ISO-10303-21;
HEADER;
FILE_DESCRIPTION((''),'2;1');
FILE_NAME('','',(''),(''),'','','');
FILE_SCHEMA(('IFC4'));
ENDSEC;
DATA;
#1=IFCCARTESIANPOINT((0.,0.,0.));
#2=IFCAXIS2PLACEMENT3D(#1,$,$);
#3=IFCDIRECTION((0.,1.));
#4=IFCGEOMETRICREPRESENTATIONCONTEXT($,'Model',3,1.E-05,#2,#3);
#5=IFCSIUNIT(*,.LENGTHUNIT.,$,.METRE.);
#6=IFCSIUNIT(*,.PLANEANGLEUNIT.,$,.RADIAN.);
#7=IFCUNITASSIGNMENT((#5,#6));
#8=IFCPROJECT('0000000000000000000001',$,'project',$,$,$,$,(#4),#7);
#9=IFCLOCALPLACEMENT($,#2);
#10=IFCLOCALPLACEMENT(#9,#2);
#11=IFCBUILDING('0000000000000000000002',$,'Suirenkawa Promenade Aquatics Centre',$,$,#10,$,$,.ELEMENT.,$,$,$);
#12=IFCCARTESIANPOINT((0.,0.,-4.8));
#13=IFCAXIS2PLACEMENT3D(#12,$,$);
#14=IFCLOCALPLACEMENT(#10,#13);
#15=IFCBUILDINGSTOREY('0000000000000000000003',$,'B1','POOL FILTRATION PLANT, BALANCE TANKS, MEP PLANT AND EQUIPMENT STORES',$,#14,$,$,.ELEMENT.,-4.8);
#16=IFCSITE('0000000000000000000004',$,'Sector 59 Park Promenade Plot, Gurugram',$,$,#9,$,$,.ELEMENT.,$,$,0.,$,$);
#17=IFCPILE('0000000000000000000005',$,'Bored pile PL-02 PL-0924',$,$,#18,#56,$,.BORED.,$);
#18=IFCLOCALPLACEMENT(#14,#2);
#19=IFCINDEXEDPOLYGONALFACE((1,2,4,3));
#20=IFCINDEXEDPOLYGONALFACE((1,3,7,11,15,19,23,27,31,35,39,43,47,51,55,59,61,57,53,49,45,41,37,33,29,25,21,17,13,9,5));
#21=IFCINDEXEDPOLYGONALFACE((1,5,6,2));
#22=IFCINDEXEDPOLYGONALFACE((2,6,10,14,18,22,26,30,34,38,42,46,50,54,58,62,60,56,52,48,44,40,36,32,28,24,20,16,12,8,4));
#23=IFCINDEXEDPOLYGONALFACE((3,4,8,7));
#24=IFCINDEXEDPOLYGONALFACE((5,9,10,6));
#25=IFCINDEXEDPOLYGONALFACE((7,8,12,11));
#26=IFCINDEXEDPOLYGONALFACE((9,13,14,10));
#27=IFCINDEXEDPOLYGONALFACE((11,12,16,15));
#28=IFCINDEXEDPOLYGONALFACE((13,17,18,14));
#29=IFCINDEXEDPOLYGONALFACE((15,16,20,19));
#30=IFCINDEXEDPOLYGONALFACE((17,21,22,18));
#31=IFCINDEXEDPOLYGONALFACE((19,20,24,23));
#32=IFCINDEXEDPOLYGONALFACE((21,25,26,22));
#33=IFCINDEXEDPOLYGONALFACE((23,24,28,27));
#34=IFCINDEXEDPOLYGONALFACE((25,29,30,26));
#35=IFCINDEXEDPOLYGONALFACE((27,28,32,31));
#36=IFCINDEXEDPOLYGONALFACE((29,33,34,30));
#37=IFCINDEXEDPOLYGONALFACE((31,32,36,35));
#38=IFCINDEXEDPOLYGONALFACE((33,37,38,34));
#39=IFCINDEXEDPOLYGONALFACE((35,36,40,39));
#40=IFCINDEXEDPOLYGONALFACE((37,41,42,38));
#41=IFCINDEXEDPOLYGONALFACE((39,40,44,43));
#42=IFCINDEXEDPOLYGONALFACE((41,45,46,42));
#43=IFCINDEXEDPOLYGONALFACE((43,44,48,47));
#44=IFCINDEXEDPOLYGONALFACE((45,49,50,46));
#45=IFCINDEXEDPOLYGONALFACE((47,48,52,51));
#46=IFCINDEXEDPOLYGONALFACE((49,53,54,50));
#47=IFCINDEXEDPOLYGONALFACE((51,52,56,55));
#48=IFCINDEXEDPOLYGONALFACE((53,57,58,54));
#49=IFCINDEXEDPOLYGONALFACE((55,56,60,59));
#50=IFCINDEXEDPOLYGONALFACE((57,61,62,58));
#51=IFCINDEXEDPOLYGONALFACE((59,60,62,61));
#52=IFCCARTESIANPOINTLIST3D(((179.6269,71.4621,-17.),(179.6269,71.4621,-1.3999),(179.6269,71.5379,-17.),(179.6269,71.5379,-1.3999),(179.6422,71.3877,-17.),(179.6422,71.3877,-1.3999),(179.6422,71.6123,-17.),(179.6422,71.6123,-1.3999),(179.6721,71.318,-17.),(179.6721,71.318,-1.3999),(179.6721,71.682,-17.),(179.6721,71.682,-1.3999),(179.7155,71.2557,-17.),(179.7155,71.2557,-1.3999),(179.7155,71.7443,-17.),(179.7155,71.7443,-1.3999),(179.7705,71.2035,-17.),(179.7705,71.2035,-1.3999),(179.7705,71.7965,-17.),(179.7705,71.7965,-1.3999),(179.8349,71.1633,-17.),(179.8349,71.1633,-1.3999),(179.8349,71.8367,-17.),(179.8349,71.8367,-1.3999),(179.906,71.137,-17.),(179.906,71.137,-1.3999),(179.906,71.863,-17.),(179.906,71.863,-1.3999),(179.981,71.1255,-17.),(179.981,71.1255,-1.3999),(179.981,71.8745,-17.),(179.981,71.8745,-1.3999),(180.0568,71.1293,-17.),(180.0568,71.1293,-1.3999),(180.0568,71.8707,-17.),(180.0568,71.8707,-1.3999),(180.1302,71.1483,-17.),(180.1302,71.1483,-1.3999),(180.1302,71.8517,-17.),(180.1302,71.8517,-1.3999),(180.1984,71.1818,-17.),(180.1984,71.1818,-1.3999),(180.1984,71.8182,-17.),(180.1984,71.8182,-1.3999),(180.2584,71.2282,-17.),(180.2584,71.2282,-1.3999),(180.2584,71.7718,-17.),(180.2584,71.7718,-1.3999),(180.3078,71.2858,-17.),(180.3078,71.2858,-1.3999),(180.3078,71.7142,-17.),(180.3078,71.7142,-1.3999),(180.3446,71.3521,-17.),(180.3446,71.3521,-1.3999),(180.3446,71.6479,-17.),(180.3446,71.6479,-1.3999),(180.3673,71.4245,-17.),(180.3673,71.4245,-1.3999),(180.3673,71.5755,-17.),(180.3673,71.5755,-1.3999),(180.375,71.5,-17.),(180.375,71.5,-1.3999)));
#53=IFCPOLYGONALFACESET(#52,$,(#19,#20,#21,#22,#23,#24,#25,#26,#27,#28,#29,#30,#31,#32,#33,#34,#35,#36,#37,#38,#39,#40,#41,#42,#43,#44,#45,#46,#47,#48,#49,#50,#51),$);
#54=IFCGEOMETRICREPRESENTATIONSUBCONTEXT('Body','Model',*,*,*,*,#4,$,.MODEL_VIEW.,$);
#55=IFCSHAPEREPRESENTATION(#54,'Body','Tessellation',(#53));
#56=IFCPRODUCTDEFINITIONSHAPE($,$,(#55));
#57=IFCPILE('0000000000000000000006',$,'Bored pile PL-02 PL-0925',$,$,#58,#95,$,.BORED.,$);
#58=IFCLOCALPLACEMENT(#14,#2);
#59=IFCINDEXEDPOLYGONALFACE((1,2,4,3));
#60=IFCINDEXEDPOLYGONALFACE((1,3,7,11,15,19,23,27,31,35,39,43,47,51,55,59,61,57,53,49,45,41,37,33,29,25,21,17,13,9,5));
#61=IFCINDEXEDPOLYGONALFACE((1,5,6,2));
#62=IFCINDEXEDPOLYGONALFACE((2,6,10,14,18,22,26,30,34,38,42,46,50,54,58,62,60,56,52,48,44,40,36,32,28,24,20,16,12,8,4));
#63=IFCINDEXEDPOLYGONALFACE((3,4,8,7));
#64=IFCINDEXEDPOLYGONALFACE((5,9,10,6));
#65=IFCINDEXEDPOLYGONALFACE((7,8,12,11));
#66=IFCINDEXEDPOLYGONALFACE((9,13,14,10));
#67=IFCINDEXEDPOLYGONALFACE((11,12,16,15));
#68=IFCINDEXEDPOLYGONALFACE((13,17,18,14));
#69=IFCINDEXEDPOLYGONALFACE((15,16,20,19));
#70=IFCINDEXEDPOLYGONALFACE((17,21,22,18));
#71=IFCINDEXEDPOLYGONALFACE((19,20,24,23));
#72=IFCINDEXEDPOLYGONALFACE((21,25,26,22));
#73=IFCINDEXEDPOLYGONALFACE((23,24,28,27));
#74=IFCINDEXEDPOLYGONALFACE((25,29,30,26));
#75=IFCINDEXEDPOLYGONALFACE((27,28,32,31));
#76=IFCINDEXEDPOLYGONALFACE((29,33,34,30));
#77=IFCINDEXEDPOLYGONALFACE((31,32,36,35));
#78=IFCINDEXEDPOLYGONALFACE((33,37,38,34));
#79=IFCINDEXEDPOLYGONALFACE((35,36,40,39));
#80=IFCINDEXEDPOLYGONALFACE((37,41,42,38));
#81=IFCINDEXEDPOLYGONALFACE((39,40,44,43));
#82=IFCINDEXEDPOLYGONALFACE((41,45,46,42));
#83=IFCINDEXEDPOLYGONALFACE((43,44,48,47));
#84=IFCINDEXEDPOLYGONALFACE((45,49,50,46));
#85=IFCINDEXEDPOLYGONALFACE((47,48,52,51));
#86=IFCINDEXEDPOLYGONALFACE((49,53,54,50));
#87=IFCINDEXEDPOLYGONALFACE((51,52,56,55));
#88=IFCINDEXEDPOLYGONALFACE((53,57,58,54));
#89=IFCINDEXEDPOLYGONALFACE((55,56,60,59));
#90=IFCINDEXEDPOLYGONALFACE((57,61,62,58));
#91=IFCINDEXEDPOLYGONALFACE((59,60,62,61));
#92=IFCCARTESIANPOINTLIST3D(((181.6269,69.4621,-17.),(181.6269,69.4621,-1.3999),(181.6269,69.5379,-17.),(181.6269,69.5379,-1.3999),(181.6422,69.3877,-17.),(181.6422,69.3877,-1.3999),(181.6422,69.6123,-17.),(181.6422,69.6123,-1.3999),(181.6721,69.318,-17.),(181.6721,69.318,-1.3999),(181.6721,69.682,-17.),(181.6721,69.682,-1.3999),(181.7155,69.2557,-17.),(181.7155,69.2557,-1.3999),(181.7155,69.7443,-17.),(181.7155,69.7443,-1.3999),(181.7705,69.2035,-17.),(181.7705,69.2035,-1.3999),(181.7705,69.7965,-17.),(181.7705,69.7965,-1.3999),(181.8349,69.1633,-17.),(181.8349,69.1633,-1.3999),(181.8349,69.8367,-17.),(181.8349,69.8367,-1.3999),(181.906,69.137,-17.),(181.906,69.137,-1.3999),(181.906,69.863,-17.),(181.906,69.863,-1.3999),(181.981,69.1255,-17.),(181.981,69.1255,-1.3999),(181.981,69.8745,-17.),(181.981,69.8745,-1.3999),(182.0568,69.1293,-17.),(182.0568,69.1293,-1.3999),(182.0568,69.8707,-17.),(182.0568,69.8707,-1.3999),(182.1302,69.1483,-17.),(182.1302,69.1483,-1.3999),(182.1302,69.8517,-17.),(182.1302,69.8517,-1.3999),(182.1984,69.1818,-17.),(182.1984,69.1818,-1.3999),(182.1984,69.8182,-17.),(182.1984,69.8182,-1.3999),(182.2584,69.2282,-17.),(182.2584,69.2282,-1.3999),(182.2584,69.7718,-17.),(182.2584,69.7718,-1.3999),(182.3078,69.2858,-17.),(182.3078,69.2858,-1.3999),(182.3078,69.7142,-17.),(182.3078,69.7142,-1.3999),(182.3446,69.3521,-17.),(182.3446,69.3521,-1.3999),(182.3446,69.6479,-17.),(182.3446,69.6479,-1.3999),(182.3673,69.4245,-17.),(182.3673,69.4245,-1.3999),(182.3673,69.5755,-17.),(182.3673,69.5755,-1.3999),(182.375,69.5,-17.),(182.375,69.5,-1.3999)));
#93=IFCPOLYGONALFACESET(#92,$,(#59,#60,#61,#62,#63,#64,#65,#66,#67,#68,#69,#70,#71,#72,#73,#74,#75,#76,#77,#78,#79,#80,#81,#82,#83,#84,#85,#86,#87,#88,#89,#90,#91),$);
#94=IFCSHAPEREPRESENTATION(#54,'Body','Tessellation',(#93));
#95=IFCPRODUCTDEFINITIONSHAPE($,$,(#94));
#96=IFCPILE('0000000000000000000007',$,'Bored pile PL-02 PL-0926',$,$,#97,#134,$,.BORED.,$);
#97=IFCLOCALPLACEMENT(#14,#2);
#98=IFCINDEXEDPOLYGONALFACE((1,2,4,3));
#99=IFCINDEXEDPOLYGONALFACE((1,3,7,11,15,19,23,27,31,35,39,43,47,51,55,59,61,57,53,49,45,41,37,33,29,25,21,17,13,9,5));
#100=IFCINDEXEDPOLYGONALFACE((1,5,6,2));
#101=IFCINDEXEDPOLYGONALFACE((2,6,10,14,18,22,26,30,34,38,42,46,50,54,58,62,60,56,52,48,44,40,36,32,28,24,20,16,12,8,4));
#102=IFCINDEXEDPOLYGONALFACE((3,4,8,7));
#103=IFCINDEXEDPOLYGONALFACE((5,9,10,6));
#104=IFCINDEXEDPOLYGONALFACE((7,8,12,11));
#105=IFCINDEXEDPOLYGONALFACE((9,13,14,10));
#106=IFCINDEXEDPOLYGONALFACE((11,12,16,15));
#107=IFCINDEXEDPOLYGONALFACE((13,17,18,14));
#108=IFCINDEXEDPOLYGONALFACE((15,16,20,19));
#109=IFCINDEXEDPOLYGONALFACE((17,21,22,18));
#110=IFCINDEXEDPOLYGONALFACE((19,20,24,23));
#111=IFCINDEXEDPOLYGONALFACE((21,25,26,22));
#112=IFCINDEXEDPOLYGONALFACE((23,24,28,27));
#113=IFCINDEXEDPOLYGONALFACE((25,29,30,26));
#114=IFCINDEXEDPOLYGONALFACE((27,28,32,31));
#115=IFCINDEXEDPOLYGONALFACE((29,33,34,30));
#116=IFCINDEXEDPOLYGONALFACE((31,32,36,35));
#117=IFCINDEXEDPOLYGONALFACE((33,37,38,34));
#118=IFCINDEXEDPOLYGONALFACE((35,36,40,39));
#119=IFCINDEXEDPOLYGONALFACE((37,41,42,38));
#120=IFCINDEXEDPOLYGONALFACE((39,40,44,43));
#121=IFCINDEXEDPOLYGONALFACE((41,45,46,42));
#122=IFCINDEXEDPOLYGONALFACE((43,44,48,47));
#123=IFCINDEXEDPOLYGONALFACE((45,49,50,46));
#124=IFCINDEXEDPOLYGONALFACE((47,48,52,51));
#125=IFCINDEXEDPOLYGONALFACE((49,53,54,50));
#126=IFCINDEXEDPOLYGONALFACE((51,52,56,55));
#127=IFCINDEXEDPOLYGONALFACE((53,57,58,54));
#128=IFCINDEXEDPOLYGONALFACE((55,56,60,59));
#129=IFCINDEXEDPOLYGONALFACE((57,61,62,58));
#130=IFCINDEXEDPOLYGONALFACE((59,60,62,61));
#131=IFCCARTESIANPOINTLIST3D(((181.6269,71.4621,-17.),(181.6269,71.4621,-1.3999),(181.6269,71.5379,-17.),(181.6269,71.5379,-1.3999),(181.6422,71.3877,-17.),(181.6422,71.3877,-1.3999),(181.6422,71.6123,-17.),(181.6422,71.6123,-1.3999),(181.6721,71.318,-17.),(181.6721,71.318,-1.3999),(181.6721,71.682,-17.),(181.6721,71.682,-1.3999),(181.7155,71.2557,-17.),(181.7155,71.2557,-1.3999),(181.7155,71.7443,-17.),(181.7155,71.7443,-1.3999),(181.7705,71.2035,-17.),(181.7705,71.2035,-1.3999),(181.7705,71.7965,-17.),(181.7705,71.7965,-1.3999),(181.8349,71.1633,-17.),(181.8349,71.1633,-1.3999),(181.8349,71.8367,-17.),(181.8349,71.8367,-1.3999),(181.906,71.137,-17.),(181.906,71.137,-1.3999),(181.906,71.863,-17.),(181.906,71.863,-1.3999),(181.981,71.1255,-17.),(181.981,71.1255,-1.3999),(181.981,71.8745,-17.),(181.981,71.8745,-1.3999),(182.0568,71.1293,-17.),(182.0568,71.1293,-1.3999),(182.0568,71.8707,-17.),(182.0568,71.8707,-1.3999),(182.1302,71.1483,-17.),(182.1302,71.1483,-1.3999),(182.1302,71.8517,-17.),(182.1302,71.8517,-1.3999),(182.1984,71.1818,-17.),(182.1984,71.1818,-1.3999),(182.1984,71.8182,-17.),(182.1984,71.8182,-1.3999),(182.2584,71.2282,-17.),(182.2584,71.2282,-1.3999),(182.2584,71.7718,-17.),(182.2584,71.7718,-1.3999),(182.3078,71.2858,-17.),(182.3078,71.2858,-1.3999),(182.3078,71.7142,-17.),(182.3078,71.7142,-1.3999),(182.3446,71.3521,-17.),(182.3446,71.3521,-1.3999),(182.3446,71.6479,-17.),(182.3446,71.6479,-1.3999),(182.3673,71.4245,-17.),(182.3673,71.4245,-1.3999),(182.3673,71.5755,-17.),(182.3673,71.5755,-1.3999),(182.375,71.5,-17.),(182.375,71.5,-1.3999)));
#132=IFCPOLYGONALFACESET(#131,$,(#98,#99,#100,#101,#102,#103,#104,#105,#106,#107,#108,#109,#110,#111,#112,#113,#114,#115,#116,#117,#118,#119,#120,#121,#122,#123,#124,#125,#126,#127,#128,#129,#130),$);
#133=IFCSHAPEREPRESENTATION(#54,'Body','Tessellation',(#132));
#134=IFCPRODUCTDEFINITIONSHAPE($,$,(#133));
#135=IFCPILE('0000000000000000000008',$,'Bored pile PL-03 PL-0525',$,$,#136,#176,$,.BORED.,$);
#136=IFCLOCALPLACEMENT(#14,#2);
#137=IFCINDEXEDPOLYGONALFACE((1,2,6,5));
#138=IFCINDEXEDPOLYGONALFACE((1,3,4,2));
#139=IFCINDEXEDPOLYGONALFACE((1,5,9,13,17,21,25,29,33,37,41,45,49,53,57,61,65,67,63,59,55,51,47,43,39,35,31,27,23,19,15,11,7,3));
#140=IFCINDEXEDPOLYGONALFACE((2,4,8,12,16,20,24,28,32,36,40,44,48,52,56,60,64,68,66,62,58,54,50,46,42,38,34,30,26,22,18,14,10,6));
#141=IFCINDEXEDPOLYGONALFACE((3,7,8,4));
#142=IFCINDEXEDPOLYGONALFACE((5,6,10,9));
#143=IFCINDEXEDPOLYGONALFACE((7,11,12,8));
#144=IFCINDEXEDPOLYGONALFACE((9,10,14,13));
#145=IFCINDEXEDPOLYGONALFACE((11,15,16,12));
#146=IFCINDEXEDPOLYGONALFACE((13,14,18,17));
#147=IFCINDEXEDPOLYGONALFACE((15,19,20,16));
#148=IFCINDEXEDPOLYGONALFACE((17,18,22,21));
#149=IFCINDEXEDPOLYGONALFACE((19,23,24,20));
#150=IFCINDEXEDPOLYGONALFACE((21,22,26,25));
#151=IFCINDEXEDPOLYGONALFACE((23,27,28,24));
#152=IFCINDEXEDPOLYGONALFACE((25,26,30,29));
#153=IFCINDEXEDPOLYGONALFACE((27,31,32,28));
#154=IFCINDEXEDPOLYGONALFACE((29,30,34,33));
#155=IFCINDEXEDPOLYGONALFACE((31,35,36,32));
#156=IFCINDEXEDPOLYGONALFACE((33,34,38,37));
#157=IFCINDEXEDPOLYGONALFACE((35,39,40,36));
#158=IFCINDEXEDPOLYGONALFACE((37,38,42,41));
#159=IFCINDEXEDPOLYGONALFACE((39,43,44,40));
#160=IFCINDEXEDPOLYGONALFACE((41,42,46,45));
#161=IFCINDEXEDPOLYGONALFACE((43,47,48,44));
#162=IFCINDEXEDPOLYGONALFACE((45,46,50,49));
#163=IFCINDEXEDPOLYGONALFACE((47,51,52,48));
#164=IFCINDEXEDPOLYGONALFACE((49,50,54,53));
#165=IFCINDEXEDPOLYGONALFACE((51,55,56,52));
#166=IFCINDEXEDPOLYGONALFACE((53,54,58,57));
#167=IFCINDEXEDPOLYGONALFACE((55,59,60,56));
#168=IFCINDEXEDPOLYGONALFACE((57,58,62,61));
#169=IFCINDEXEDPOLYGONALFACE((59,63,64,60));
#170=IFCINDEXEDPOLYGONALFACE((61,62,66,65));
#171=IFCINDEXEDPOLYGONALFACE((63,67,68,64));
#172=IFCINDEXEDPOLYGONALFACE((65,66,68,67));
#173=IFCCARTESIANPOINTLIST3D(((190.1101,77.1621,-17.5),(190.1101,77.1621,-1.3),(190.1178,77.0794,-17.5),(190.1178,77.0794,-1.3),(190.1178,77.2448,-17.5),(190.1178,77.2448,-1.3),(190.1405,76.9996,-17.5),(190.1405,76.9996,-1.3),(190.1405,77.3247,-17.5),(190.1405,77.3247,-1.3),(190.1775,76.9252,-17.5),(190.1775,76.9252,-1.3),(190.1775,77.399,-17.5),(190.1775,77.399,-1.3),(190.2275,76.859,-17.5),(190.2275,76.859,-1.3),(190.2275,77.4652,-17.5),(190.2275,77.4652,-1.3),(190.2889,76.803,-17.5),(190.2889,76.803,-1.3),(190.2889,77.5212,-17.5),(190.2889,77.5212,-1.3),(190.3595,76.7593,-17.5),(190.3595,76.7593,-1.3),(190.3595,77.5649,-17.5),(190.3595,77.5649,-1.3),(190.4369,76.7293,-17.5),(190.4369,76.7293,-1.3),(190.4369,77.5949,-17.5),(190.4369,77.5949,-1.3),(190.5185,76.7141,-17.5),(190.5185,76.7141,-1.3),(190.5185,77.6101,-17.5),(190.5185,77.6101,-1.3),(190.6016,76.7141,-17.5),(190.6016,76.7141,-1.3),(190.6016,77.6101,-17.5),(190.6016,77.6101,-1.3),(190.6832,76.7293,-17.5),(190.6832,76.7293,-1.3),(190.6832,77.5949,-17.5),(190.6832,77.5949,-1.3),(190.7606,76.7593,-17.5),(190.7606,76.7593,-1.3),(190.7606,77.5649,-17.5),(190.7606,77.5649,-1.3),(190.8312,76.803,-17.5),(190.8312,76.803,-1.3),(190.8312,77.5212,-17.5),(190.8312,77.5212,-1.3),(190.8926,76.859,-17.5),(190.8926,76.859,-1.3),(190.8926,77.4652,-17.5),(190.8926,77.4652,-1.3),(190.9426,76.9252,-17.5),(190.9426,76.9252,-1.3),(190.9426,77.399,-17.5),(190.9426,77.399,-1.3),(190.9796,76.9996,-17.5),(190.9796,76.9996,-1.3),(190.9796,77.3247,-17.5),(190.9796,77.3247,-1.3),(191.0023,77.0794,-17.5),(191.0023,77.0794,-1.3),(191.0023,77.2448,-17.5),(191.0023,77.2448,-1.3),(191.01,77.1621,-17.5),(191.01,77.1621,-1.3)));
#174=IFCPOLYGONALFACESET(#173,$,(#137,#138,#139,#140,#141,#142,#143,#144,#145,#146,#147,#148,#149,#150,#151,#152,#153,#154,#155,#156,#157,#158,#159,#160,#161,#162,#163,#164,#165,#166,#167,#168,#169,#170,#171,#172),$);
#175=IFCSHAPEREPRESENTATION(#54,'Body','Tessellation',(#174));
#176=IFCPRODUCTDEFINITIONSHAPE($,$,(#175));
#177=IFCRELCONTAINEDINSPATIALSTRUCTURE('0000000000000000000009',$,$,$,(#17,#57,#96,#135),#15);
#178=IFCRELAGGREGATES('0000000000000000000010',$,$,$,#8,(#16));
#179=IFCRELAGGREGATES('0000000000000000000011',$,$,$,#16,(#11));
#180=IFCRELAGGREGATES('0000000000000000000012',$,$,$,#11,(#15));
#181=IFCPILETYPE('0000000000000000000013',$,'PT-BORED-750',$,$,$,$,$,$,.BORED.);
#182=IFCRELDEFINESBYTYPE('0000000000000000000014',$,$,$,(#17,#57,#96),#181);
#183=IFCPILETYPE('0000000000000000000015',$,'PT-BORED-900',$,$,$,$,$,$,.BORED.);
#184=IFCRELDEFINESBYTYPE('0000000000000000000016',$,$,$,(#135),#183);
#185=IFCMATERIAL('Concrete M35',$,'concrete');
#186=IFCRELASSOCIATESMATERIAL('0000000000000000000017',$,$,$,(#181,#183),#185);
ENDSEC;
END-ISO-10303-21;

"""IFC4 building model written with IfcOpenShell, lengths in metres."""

from ifc_helpers import new_model, si_unit, direction, frame, origin, origin_2d, place, context, subcontext, project, spatial, circle, extrude, material, material_profile, profile_set, type_object, element, save


model = new_model("IFC4")

# Units and contexts
model_context = context("Model", 3, precision=1e-05, world=origin(), true_north=direction((0.0, 1.0)))
body_context = subcontext(model_context, "Body", "Model", "MODEL_VIEW")
ifc_project = project(units=[si_unit("LENGTHUNIT", "METRE"), si_unit("PLANEANGLEUNIT", "RADIAN")], contexts=[model_context])

# Site, building, storey
site_placement = place(None, origin())
site = spatial("IfcSite", under=ifc_project, at=site_placement, Name="Sector 59 Park Promenade Plot, Gurugram", CompositionType="ELEMENT", RefElevation=0.0)
building_placement = place(site_placement, origin())
building = spatial("IfcBuilding", under=site, at=building_placement, Name="Suirenkawa Promenade Aquatics Centre", CompositionType="ELEMENT")
storey_placement = place(building_placement, frame((0.0, 0.0, -4.8)))
storey = spatial("IfcBuildingStorey", under=building, at=storey_placement, Name="B1", Description="POOL FILTRATION PLANT, BALANCE TANKS, MEP PLANT AND EQUIPMENT STORES", CompositionType="ELEMENT", Elevation=-4.8)

# Shared definitions
ifc_material_1 = material(Name="Concrete M35", Category="concrete")

# Piles
ifc_material_profile_1 = material_profile(ifc_material_1, circle(Radius=0.375, at=origin_2d()), Name="PILE D750", Category="concrete")
ifc_profile_set_1 = profile_set([ifc_material_profile_1], Name="Concrete M35")
pile_type_1 = type_object("IfcPileType", Name="PT-BORED-750", PredefinedType="BORED", material=ifc_profile_set_1)
for number, where, z_axis, x_axis, name in (
    (1, (180.0, 71.5, -1.3999), (0.0, 0.0, -1.0), (1.0, 0.0, 0.0), "Bored pile PL-02 PL-0924"),
    (2, (182.0, 69.5, -1.3999), (0.0, 0.0, -1.0), (1.0, 0.0, 0.0), "Bored pile PL-02 PL-0925"),
    (3, (182.0, 71.5, -1.3999), (0.0, 0.0, -1.0), (1.0, 0.0, 0.0), "Bored pile PL-02 PL-0926"),
):
    element("IfcPile", number, at=place(storey_placement, frame(where, z_axis=z_axis, x_axis=x_axis)), inside=storey, type_object=pile_type_1, Name=name, PredefinedType="BORED", context=body_context, shape_type="SweptSolid", body=[
        extrude(circle(Radius=0.375, at=origin_2d()), origin(), (0.0, 0.0, 1.0), 15.6001),
    ])
ifc_material_profile_2 = material_profile(ifc_material_1, circle(Radius=0.45, at=origin_2d()), Name="PILE D900", Category="concrete")
ifc_profile_set_2 = profile_set([ifc_material_profile_2], Name="Concrete M35")
pile_type_2 = type_object("IfcPileType", Name="PT-BORED-900", PredefinedType="BORED", material=ifc_profile_set_2)
for number, where, z_axis, x_axis, name in (
    (4, (190.5601, 77.1621, -1.3), (0.0, 0.0, -1.0), (1.0, 0.0, 0.0), "Bored pile PL-03 PL-0525"),
):
    element("IfcPile", number, at=place(storey_placement, frame(where, z_axis=z_axis, x_axis=x_axis)), inside=storey, type_object=pile_type_2, Name=name, PredefinedType="BORED", context=body_context, shape_type="SweptSolid", body=[
        extrude(circle(Radius=0.45, at=origin_2d()), origin(), (0.0, 0.0, 1.0), 16.2),
    ])

save(model, "model.ifc")
